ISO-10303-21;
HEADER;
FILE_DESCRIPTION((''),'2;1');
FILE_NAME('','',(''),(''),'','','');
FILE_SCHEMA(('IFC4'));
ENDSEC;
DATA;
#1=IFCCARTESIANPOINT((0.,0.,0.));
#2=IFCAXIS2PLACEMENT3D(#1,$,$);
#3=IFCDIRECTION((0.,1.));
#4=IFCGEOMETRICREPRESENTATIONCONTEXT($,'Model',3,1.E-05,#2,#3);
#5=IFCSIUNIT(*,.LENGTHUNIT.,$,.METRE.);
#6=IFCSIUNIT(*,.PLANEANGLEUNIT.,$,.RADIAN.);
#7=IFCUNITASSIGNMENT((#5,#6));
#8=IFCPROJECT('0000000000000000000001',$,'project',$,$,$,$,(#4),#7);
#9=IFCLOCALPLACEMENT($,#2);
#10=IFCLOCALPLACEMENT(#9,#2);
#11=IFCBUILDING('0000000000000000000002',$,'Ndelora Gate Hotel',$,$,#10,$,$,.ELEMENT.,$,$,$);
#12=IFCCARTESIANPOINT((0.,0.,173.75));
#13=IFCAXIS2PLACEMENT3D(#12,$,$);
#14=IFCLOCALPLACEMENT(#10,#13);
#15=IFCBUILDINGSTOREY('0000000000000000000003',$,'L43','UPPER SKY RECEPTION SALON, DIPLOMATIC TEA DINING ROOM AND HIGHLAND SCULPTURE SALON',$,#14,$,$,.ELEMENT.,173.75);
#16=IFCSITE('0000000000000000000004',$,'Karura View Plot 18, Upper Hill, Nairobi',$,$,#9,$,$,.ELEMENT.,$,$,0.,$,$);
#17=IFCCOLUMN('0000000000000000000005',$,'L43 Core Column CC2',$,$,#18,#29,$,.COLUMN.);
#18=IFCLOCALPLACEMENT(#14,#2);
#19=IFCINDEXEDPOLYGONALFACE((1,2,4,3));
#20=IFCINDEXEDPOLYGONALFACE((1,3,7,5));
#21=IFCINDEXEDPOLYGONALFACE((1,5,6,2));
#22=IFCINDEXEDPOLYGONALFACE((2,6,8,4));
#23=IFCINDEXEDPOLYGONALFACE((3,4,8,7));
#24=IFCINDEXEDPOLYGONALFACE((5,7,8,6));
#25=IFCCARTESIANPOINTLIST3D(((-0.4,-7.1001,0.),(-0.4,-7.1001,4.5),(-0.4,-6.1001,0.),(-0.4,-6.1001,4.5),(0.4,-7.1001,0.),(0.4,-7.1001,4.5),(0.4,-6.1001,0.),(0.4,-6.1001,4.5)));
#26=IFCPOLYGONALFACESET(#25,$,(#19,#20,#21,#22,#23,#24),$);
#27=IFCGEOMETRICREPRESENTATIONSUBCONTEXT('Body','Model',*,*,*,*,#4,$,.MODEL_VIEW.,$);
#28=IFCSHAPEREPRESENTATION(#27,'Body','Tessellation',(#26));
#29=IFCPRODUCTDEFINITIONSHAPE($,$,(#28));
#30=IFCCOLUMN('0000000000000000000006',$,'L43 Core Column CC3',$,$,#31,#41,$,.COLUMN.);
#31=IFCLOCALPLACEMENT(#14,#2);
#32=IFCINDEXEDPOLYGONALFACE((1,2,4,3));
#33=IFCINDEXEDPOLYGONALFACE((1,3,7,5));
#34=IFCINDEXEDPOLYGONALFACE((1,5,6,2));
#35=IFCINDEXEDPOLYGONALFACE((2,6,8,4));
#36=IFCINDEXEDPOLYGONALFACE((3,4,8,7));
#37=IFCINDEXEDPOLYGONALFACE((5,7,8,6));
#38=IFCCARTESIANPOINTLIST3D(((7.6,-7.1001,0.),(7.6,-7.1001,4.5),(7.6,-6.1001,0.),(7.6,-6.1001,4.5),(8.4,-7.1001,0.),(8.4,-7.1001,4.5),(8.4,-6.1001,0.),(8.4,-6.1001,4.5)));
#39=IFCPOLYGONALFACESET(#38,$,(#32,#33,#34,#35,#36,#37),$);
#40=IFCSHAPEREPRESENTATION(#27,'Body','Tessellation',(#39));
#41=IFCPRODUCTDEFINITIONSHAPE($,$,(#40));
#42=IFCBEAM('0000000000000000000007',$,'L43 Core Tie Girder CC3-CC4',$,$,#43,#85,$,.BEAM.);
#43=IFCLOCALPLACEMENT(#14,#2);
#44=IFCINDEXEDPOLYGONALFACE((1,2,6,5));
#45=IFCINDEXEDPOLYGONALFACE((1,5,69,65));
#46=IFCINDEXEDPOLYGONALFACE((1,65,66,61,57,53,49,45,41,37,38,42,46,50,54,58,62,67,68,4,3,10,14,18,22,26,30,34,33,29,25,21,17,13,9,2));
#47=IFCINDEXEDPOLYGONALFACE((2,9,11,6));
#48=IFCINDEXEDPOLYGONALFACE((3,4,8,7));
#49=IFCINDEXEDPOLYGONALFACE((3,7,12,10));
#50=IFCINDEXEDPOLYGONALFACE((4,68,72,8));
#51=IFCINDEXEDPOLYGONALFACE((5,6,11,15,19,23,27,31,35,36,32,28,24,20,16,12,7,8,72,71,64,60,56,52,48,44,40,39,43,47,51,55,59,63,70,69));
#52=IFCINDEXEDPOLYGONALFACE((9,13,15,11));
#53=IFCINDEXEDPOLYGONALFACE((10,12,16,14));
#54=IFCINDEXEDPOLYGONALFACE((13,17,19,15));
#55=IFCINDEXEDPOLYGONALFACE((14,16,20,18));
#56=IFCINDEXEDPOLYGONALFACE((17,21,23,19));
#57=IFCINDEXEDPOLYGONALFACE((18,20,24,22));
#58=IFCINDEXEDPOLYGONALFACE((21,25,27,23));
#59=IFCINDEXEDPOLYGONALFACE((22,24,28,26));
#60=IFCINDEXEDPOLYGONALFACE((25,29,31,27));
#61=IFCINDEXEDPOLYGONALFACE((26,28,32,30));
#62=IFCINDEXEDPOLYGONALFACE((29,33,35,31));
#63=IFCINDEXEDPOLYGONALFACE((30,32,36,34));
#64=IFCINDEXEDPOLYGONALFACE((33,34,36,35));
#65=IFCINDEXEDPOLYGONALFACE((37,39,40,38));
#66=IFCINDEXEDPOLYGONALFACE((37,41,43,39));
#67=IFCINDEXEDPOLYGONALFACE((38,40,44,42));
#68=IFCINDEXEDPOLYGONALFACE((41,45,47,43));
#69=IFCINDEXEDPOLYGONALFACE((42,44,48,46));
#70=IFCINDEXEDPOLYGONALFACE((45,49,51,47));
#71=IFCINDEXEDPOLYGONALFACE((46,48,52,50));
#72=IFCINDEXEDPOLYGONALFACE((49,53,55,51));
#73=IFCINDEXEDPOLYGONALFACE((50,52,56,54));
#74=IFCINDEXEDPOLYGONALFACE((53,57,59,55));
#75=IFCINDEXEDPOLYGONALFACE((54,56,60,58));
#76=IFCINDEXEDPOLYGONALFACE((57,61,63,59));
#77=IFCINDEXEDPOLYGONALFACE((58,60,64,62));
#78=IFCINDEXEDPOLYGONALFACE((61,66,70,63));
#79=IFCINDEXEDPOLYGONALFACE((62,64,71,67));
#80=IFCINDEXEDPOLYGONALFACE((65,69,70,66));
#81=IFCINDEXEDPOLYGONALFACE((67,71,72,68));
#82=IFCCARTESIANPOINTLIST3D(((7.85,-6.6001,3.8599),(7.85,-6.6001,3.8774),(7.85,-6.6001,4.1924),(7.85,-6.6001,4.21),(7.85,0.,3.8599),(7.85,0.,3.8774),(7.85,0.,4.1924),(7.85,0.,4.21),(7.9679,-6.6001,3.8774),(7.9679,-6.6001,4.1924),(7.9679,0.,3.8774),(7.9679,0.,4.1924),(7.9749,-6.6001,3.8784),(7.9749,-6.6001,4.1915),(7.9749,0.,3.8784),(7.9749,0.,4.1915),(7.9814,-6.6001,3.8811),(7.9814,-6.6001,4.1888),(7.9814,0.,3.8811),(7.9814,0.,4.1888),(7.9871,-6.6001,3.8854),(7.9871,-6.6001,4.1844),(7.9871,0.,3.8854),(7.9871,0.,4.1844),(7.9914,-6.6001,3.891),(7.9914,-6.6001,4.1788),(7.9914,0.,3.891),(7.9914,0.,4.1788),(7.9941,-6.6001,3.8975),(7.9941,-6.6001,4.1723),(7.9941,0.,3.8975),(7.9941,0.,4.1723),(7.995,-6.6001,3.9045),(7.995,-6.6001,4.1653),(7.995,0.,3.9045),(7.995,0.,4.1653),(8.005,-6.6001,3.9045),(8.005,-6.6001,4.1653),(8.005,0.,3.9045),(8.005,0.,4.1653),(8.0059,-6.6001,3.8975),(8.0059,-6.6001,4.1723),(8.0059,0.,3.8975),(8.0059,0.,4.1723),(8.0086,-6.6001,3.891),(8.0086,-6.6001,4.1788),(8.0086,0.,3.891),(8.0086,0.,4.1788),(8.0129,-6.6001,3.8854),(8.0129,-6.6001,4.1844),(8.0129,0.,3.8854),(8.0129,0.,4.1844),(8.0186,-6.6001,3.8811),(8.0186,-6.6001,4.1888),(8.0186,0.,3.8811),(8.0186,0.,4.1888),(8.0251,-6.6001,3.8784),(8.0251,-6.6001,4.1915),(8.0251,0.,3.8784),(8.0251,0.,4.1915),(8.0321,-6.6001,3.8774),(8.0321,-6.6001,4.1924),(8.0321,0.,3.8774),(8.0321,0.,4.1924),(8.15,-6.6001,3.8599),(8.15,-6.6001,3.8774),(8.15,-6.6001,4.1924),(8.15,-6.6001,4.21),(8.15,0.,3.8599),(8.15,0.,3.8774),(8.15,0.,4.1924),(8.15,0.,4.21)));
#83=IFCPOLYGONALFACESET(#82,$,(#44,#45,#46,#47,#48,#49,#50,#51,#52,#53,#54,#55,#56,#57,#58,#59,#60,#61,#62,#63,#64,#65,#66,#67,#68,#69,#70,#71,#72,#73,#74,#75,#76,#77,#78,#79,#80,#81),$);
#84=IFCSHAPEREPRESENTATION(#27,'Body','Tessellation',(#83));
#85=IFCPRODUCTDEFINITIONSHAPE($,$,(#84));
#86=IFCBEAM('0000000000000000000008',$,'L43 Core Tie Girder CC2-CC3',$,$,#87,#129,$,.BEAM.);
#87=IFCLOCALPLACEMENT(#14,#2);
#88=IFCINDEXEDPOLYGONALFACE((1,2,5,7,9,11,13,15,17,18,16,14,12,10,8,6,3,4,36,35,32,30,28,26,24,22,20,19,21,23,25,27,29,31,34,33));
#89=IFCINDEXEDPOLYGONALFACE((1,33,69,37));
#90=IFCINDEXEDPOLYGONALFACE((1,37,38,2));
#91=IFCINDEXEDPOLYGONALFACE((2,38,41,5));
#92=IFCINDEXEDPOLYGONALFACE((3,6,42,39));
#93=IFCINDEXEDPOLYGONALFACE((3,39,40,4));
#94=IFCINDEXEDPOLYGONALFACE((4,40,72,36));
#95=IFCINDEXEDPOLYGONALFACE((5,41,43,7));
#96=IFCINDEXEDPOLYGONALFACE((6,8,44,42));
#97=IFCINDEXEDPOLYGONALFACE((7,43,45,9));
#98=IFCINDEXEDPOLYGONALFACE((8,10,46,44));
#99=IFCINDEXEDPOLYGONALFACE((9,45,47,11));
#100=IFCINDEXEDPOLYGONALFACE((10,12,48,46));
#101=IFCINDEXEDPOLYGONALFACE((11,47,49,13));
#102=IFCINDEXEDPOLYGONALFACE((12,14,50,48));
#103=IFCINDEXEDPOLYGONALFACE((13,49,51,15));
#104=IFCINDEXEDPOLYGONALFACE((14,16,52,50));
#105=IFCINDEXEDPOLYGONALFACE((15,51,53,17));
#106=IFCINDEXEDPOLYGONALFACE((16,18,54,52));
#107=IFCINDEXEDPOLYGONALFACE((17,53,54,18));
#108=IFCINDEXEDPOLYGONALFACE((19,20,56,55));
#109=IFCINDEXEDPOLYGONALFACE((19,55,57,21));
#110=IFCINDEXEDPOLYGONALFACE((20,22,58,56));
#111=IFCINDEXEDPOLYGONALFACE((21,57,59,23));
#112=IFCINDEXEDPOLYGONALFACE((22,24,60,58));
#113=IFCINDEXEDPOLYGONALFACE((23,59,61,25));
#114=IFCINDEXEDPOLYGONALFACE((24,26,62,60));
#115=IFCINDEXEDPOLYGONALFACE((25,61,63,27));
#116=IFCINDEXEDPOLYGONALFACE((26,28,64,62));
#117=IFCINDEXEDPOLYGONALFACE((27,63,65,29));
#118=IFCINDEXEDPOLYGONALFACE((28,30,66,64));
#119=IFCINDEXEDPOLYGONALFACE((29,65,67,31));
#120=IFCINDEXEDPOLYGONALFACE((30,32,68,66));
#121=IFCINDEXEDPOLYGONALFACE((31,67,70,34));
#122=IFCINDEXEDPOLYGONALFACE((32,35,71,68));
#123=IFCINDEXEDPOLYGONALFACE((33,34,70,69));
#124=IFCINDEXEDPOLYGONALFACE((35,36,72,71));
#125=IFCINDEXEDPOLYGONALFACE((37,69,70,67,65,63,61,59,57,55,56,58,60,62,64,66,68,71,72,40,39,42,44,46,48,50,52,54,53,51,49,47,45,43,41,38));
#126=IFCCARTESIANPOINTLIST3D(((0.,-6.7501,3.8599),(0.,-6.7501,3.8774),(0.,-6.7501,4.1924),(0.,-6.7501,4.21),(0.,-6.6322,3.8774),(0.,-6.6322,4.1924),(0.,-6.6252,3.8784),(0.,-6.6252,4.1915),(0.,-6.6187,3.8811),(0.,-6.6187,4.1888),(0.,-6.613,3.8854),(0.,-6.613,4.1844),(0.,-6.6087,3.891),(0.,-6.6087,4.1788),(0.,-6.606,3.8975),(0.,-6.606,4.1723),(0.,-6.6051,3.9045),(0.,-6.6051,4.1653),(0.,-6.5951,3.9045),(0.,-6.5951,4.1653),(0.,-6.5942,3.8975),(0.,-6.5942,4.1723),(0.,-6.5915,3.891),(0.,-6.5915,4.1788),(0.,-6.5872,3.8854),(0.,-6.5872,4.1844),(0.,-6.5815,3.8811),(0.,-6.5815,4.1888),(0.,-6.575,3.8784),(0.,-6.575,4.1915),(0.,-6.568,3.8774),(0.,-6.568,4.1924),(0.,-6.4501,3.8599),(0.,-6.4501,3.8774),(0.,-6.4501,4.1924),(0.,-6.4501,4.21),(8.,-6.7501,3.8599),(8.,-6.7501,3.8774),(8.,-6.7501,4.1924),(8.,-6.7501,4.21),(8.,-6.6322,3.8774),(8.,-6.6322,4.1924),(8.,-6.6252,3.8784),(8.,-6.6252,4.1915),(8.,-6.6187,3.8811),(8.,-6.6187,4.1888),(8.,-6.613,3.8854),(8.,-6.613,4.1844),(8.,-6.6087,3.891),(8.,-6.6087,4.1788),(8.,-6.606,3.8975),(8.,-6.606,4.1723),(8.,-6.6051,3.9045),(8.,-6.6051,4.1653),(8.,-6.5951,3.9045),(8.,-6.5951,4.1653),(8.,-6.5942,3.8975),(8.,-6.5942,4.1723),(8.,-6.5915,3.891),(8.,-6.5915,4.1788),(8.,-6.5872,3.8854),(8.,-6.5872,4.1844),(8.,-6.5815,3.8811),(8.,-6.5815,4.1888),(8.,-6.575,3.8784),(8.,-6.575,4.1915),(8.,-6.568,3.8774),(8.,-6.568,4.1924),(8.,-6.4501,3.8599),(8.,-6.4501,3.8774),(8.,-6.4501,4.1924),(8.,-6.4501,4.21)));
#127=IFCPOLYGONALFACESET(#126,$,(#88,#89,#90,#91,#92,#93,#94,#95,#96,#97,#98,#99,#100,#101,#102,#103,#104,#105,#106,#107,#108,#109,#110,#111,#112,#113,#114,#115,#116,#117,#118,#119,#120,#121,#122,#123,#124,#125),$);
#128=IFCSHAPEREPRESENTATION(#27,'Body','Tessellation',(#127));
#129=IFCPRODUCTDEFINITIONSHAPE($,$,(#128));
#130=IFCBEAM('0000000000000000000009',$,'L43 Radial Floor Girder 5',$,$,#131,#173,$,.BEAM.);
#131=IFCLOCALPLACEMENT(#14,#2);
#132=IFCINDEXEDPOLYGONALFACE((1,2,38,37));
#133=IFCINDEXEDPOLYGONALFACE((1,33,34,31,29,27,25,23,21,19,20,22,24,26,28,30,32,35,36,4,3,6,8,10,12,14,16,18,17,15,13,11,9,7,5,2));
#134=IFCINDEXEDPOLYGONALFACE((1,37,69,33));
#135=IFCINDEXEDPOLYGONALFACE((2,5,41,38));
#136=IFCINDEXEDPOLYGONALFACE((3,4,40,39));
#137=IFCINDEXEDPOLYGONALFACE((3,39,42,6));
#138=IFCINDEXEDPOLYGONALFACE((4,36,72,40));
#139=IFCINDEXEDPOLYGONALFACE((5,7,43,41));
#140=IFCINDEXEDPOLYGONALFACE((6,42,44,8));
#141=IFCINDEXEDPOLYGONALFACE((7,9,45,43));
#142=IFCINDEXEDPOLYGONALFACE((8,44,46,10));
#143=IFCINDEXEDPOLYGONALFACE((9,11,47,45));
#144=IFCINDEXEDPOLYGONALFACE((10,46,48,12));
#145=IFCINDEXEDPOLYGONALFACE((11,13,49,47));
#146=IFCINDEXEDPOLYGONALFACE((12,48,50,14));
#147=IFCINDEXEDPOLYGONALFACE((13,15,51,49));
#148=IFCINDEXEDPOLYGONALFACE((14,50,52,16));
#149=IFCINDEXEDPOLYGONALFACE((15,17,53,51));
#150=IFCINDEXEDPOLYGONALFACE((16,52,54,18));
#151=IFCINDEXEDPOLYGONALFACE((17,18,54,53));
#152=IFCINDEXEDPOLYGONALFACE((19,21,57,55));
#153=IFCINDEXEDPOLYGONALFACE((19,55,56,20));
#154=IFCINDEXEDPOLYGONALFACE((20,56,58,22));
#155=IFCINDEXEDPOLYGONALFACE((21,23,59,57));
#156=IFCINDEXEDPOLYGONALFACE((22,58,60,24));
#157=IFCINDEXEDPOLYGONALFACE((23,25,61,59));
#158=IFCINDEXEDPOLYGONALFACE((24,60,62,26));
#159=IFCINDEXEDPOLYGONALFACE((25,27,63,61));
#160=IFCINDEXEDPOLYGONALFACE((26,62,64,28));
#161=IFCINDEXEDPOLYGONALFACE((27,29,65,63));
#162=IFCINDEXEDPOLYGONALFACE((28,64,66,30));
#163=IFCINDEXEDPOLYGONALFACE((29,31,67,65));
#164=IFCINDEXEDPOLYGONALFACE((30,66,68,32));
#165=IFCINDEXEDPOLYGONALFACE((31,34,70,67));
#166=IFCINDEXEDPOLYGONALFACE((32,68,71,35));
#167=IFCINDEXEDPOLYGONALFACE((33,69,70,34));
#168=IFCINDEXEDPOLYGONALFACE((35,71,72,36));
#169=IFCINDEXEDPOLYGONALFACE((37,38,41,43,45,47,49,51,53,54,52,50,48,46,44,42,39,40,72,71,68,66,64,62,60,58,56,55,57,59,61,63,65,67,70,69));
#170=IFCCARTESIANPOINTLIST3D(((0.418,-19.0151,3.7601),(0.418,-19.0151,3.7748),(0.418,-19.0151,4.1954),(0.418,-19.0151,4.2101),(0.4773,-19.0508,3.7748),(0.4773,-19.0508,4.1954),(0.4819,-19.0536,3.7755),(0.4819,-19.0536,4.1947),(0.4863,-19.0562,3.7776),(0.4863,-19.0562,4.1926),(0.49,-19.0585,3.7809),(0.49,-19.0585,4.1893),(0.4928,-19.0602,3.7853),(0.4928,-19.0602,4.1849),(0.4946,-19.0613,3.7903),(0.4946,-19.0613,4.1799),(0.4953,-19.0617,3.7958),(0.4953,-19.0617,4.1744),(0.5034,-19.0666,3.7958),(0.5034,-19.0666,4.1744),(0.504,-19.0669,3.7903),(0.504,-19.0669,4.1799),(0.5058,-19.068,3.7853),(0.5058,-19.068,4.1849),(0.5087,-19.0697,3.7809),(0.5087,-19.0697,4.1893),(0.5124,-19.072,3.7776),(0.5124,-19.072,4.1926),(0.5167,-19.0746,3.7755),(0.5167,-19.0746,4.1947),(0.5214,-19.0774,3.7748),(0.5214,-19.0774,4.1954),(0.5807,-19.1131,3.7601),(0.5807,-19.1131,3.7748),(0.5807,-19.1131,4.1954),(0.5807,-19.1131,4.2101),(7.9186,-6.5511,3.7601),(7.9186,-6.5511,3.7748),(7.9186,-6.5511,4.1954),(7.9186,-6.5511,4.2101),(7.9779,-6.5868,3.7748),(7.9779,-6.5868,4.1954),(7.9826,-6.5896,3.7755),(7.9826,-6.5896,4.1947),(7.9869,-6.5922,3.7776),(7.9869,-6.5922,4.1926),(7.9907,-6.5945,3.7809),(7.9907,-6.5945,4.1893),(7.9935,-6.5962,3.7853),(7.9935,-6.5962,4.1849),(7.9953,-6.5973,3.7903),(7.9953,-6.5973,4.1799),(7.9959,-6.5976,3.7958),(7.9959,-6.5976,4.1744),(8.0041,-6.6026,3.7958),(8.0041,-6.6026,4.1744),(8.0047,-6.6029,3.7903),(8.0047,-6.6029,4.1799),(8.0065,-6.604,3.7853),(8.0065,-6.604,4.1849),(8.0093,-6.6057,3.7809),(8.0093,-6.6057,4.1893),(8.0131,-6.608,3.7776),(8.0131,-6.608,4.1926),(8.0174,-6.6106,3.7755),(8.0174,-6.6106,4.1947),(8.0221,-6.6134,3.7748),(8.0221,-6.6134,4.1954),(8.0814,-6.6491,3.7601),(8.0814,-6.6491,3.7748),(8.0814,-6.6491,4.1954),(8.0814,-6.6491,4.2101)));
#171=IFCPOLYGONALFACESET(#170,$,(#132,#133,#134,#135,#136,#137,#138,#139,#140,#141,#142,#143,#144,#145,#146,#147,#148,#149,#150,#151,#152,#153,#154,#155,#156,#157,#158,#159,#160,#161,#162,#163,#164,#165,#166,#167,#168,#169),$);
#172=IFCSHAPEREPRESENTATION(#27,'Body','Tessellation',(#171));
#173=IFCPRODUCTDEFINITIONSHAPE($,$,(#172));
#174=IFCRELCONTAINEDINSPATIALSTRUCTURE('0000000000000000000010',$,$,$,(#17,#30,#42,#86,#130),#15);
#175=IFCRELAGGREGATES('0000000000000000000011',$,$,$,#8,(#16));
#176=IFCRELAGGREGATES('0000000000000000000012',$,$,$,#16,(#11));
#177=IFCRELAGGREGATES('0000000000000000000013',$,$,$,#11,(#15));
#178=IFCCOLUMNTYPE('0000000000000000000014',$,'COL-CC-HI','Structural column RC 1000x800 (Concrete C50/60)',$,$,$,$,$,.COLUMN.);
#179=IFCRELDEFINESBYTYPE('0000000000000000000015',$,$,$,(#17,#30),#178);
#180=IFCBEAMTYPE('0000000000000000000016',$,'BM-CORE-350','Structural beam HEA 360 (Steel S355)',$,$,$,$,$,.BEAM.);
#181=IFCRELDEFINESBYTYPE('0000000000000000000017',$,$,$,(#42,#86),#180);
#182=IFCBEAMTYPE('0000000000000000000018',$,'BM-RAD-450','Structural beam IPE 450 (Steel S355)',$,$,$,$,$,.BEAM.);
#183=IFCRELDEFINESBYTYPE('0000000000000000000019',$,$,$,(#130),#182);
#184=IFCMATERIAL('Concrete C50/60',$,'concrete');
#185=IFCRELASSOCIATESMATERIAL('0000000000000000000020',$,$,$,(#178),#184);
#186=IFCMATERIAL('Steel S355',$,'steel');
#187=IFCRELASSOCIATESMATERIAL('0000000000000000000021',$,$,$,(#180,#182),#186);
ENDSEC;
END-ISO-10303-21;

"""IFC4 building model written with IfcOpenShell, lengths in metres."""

from ifc_helpers import new_model, si_unit, direction, frame, origin, origin_2d, place, context, subcontext, project, spatial, rectangle, i_section, extrude, material, material_profile, profile_set, type_object, element, save


model = new_model("IFC4")

# Units and contexts
model_context = context("Model", 3, precision=1e-05, world=origin(), true_north=direction((0.0, 1.0)))
body_context = subcontext(model_context, "Body", "Model", "MODEL_VIEW")
ifc_project = project(units=[si_unit("LENGTHUNIT", "METRE"), si_unit("PLANEANGLEUNIT", "RADIAN")], contexts=[model_context])

# Site, building, storey
site_placement = place(None, origin())
site = spatial("IfcSite", under=ifc_project, at=site_placement, Name="Karura View Plot 18, Upper Hill, Nairobi", CompositionType="ELEMENT", RefElevation=0.0)
building_placement = place(site_placement, origin())
building = spatial("IfcBuilding", under=site, at=building_placement, Name="Ndelora Gate Hotel", CompositionType="ELEMENT")
storey_placement = place(building_placement, frame((0.0, 0.0, 173.75)))
storey = spatial("IfcBuildingStorey", under=building, at=storey_placement, Name="L43", Description="UPPER SKY RECEPTION SALON, DIPLOMATIC TEA DINING ROOM AND HIGHLAND SCULPTURE SALON", CompositionType="ELEMENT", Elevation=173.75)

# Columns
ifc_material_1 = material(Name="Concrete C50/60", Category="concrete")
ifc_material_profile_1 = material_profile(ifc_material_1, rectangle(XDim=0.8, YDim=1.0, at=origin_2d()), Name="RC 1000x800")
ifc_profile_set_1 = profile_set([ifc_material_profile_1], Name="Concrete C50/60")
column_type = type_object("IfcColumnType", Name="COL-CC-HI", Description="Structural column RC 1000x800 (Concrete C50/60)", PredefinedType="COLUMN", material=ifc_profile_set_1)
for number, where, z_axis, x_axis, name in (
    (1, (0.0, -6.6001, 0.0), (0.0, 0.0, 1.0), (1.0, 0.0, 0.0), "L43 Core Column CC2"),
    (2, (8.0, -6.6001, 0.0), (0.0, 0.0, 1.0), (1.0, 0.0, 0.0), "L43 Core Column CC3"),
):
    element("IfcColumn", number, at=place(storey_placement, frame(where, z_axis=z_axis, x_axis=x_axis)), inside=storey, type_object=column_type, Name=name, PredefinedType="COLUMN", context=body_context, shape_type="SweptSolid", body=[
        extrude(rectangle(XDim=0.8, YDim=1.0, at=origin_2d()), origin(), (0.0, 0.0, 1.0), 4.5),
    ])

# Beams
ifc_material_2 = material(Name="Steel S355", Category="steel")
ifc_material_profile_2 = material_profile(ifc_material_2, i_section(OverallWidth=0.3, OverallDepth=0.3501, WebThickness=0.01, FlangeThickness=0.0176, FilletRadius=0.0271, at=origin_2d()), Name="HEA 360")
ifc_profile_set_2 = profile_set([ifc_material_profile_2], Name="Steel S355")
beam_type_1 = type_object("IfcBeamType", Name="BM-CORE-350", Description="Structural beam HEA 360 (Steel S355)", PredefinedType="BEAM", material=ifc_profile_set_2)
beam_1_placement = place(storey_placement, frame((8.0, -6.6001, 4.0349), z_axis=(0.0, 1.0, 0.0), x_axis=(-1.0, 0.0, 0.0)))
element("IfcBeam", 3, at=beam_1_placement, inside=storey, type_object=beam_type_1, Name="L43 Core Tie Girder CC3-CC4", PredefinedType="BEAM", context=body_context, shape_type="SweptSolid", body=[
    extrude(i_section(OverallWidth=0.3, OverallDepth=0.3501, WebThickness=0.01, FlangeThickness=0.0176, FilletRadius=0.0271, at=origin_2d()), origin(), (0.0, 0.0, 1.0), 6.6001),
])
beam_2_placement = place(storey_placement, frame((0.0, -6.6001, 4.0349), z_axis=(1.0, 0.0, 0.0), x_axis=(0.0, 1.0, 0.0)))
element("IfcBeam", 4, at=beam_2_placement, inside=storey, type_object=beam_type_1, Name="L43 Core Tie Girder CC2-CC3", PredefinedType="BEAM", context=body_context, shape_type="SweptSolid", body=[
    extrude(i_section(OverallWidth=0.3, OverallDepth=0.3501, WebThickness=0.01, FlangeThickness=0.0176, FilletRadius=0.0271, at=origin_2d()), origin(), (0.0, 0.0, 1.0), 8.0),
])
ifc_material_profile_3 = material_profile(ifc_material_2, i_section(OverallWidth=0.1899, OverallDepth=0.45, WebThickness=0.0095, FlangeThickness=0.0146, FilletRadius=0.021, at=origin_2d()), Name="IPE 450")
ifc_profile_set_3 = profile_set([ifc_material_profile_3], Name="Steel S355")
beam_type_2 = type_object("IfcBeamType", Name="BM-RAD-450", Description="Structural beam IPE 450 (Steel S355)", PredefinedType="BEAM", material=ifc_profile_set_3)
beam_3_placement = place(storey_placement, frame((8.0, -6.6001, 3.9851), z_axis=(-0.515621, -0.856817, 0.0), x_axis=(0.856817, -0.515621, 0.0)))
element("IfcBeam", 5, at=beam_3_placement, inside=storey, type_object=beam_type_2, Name="L43 Radial Floor Girder 5", PredefinedType="BEAM", context=body_context, shape_type="SweptSolid", body=[
    extrude(i_section(OverallWidth=0.1899, OverallDepth=0.45, WebThickness=0.0095, FlangeThickness=0.0146, FilletRadius=0.021, at=origin_2d()), origin(), (0.0, 0.0, 1.0), 14.5469),
])

save(model, "model.ifc")
